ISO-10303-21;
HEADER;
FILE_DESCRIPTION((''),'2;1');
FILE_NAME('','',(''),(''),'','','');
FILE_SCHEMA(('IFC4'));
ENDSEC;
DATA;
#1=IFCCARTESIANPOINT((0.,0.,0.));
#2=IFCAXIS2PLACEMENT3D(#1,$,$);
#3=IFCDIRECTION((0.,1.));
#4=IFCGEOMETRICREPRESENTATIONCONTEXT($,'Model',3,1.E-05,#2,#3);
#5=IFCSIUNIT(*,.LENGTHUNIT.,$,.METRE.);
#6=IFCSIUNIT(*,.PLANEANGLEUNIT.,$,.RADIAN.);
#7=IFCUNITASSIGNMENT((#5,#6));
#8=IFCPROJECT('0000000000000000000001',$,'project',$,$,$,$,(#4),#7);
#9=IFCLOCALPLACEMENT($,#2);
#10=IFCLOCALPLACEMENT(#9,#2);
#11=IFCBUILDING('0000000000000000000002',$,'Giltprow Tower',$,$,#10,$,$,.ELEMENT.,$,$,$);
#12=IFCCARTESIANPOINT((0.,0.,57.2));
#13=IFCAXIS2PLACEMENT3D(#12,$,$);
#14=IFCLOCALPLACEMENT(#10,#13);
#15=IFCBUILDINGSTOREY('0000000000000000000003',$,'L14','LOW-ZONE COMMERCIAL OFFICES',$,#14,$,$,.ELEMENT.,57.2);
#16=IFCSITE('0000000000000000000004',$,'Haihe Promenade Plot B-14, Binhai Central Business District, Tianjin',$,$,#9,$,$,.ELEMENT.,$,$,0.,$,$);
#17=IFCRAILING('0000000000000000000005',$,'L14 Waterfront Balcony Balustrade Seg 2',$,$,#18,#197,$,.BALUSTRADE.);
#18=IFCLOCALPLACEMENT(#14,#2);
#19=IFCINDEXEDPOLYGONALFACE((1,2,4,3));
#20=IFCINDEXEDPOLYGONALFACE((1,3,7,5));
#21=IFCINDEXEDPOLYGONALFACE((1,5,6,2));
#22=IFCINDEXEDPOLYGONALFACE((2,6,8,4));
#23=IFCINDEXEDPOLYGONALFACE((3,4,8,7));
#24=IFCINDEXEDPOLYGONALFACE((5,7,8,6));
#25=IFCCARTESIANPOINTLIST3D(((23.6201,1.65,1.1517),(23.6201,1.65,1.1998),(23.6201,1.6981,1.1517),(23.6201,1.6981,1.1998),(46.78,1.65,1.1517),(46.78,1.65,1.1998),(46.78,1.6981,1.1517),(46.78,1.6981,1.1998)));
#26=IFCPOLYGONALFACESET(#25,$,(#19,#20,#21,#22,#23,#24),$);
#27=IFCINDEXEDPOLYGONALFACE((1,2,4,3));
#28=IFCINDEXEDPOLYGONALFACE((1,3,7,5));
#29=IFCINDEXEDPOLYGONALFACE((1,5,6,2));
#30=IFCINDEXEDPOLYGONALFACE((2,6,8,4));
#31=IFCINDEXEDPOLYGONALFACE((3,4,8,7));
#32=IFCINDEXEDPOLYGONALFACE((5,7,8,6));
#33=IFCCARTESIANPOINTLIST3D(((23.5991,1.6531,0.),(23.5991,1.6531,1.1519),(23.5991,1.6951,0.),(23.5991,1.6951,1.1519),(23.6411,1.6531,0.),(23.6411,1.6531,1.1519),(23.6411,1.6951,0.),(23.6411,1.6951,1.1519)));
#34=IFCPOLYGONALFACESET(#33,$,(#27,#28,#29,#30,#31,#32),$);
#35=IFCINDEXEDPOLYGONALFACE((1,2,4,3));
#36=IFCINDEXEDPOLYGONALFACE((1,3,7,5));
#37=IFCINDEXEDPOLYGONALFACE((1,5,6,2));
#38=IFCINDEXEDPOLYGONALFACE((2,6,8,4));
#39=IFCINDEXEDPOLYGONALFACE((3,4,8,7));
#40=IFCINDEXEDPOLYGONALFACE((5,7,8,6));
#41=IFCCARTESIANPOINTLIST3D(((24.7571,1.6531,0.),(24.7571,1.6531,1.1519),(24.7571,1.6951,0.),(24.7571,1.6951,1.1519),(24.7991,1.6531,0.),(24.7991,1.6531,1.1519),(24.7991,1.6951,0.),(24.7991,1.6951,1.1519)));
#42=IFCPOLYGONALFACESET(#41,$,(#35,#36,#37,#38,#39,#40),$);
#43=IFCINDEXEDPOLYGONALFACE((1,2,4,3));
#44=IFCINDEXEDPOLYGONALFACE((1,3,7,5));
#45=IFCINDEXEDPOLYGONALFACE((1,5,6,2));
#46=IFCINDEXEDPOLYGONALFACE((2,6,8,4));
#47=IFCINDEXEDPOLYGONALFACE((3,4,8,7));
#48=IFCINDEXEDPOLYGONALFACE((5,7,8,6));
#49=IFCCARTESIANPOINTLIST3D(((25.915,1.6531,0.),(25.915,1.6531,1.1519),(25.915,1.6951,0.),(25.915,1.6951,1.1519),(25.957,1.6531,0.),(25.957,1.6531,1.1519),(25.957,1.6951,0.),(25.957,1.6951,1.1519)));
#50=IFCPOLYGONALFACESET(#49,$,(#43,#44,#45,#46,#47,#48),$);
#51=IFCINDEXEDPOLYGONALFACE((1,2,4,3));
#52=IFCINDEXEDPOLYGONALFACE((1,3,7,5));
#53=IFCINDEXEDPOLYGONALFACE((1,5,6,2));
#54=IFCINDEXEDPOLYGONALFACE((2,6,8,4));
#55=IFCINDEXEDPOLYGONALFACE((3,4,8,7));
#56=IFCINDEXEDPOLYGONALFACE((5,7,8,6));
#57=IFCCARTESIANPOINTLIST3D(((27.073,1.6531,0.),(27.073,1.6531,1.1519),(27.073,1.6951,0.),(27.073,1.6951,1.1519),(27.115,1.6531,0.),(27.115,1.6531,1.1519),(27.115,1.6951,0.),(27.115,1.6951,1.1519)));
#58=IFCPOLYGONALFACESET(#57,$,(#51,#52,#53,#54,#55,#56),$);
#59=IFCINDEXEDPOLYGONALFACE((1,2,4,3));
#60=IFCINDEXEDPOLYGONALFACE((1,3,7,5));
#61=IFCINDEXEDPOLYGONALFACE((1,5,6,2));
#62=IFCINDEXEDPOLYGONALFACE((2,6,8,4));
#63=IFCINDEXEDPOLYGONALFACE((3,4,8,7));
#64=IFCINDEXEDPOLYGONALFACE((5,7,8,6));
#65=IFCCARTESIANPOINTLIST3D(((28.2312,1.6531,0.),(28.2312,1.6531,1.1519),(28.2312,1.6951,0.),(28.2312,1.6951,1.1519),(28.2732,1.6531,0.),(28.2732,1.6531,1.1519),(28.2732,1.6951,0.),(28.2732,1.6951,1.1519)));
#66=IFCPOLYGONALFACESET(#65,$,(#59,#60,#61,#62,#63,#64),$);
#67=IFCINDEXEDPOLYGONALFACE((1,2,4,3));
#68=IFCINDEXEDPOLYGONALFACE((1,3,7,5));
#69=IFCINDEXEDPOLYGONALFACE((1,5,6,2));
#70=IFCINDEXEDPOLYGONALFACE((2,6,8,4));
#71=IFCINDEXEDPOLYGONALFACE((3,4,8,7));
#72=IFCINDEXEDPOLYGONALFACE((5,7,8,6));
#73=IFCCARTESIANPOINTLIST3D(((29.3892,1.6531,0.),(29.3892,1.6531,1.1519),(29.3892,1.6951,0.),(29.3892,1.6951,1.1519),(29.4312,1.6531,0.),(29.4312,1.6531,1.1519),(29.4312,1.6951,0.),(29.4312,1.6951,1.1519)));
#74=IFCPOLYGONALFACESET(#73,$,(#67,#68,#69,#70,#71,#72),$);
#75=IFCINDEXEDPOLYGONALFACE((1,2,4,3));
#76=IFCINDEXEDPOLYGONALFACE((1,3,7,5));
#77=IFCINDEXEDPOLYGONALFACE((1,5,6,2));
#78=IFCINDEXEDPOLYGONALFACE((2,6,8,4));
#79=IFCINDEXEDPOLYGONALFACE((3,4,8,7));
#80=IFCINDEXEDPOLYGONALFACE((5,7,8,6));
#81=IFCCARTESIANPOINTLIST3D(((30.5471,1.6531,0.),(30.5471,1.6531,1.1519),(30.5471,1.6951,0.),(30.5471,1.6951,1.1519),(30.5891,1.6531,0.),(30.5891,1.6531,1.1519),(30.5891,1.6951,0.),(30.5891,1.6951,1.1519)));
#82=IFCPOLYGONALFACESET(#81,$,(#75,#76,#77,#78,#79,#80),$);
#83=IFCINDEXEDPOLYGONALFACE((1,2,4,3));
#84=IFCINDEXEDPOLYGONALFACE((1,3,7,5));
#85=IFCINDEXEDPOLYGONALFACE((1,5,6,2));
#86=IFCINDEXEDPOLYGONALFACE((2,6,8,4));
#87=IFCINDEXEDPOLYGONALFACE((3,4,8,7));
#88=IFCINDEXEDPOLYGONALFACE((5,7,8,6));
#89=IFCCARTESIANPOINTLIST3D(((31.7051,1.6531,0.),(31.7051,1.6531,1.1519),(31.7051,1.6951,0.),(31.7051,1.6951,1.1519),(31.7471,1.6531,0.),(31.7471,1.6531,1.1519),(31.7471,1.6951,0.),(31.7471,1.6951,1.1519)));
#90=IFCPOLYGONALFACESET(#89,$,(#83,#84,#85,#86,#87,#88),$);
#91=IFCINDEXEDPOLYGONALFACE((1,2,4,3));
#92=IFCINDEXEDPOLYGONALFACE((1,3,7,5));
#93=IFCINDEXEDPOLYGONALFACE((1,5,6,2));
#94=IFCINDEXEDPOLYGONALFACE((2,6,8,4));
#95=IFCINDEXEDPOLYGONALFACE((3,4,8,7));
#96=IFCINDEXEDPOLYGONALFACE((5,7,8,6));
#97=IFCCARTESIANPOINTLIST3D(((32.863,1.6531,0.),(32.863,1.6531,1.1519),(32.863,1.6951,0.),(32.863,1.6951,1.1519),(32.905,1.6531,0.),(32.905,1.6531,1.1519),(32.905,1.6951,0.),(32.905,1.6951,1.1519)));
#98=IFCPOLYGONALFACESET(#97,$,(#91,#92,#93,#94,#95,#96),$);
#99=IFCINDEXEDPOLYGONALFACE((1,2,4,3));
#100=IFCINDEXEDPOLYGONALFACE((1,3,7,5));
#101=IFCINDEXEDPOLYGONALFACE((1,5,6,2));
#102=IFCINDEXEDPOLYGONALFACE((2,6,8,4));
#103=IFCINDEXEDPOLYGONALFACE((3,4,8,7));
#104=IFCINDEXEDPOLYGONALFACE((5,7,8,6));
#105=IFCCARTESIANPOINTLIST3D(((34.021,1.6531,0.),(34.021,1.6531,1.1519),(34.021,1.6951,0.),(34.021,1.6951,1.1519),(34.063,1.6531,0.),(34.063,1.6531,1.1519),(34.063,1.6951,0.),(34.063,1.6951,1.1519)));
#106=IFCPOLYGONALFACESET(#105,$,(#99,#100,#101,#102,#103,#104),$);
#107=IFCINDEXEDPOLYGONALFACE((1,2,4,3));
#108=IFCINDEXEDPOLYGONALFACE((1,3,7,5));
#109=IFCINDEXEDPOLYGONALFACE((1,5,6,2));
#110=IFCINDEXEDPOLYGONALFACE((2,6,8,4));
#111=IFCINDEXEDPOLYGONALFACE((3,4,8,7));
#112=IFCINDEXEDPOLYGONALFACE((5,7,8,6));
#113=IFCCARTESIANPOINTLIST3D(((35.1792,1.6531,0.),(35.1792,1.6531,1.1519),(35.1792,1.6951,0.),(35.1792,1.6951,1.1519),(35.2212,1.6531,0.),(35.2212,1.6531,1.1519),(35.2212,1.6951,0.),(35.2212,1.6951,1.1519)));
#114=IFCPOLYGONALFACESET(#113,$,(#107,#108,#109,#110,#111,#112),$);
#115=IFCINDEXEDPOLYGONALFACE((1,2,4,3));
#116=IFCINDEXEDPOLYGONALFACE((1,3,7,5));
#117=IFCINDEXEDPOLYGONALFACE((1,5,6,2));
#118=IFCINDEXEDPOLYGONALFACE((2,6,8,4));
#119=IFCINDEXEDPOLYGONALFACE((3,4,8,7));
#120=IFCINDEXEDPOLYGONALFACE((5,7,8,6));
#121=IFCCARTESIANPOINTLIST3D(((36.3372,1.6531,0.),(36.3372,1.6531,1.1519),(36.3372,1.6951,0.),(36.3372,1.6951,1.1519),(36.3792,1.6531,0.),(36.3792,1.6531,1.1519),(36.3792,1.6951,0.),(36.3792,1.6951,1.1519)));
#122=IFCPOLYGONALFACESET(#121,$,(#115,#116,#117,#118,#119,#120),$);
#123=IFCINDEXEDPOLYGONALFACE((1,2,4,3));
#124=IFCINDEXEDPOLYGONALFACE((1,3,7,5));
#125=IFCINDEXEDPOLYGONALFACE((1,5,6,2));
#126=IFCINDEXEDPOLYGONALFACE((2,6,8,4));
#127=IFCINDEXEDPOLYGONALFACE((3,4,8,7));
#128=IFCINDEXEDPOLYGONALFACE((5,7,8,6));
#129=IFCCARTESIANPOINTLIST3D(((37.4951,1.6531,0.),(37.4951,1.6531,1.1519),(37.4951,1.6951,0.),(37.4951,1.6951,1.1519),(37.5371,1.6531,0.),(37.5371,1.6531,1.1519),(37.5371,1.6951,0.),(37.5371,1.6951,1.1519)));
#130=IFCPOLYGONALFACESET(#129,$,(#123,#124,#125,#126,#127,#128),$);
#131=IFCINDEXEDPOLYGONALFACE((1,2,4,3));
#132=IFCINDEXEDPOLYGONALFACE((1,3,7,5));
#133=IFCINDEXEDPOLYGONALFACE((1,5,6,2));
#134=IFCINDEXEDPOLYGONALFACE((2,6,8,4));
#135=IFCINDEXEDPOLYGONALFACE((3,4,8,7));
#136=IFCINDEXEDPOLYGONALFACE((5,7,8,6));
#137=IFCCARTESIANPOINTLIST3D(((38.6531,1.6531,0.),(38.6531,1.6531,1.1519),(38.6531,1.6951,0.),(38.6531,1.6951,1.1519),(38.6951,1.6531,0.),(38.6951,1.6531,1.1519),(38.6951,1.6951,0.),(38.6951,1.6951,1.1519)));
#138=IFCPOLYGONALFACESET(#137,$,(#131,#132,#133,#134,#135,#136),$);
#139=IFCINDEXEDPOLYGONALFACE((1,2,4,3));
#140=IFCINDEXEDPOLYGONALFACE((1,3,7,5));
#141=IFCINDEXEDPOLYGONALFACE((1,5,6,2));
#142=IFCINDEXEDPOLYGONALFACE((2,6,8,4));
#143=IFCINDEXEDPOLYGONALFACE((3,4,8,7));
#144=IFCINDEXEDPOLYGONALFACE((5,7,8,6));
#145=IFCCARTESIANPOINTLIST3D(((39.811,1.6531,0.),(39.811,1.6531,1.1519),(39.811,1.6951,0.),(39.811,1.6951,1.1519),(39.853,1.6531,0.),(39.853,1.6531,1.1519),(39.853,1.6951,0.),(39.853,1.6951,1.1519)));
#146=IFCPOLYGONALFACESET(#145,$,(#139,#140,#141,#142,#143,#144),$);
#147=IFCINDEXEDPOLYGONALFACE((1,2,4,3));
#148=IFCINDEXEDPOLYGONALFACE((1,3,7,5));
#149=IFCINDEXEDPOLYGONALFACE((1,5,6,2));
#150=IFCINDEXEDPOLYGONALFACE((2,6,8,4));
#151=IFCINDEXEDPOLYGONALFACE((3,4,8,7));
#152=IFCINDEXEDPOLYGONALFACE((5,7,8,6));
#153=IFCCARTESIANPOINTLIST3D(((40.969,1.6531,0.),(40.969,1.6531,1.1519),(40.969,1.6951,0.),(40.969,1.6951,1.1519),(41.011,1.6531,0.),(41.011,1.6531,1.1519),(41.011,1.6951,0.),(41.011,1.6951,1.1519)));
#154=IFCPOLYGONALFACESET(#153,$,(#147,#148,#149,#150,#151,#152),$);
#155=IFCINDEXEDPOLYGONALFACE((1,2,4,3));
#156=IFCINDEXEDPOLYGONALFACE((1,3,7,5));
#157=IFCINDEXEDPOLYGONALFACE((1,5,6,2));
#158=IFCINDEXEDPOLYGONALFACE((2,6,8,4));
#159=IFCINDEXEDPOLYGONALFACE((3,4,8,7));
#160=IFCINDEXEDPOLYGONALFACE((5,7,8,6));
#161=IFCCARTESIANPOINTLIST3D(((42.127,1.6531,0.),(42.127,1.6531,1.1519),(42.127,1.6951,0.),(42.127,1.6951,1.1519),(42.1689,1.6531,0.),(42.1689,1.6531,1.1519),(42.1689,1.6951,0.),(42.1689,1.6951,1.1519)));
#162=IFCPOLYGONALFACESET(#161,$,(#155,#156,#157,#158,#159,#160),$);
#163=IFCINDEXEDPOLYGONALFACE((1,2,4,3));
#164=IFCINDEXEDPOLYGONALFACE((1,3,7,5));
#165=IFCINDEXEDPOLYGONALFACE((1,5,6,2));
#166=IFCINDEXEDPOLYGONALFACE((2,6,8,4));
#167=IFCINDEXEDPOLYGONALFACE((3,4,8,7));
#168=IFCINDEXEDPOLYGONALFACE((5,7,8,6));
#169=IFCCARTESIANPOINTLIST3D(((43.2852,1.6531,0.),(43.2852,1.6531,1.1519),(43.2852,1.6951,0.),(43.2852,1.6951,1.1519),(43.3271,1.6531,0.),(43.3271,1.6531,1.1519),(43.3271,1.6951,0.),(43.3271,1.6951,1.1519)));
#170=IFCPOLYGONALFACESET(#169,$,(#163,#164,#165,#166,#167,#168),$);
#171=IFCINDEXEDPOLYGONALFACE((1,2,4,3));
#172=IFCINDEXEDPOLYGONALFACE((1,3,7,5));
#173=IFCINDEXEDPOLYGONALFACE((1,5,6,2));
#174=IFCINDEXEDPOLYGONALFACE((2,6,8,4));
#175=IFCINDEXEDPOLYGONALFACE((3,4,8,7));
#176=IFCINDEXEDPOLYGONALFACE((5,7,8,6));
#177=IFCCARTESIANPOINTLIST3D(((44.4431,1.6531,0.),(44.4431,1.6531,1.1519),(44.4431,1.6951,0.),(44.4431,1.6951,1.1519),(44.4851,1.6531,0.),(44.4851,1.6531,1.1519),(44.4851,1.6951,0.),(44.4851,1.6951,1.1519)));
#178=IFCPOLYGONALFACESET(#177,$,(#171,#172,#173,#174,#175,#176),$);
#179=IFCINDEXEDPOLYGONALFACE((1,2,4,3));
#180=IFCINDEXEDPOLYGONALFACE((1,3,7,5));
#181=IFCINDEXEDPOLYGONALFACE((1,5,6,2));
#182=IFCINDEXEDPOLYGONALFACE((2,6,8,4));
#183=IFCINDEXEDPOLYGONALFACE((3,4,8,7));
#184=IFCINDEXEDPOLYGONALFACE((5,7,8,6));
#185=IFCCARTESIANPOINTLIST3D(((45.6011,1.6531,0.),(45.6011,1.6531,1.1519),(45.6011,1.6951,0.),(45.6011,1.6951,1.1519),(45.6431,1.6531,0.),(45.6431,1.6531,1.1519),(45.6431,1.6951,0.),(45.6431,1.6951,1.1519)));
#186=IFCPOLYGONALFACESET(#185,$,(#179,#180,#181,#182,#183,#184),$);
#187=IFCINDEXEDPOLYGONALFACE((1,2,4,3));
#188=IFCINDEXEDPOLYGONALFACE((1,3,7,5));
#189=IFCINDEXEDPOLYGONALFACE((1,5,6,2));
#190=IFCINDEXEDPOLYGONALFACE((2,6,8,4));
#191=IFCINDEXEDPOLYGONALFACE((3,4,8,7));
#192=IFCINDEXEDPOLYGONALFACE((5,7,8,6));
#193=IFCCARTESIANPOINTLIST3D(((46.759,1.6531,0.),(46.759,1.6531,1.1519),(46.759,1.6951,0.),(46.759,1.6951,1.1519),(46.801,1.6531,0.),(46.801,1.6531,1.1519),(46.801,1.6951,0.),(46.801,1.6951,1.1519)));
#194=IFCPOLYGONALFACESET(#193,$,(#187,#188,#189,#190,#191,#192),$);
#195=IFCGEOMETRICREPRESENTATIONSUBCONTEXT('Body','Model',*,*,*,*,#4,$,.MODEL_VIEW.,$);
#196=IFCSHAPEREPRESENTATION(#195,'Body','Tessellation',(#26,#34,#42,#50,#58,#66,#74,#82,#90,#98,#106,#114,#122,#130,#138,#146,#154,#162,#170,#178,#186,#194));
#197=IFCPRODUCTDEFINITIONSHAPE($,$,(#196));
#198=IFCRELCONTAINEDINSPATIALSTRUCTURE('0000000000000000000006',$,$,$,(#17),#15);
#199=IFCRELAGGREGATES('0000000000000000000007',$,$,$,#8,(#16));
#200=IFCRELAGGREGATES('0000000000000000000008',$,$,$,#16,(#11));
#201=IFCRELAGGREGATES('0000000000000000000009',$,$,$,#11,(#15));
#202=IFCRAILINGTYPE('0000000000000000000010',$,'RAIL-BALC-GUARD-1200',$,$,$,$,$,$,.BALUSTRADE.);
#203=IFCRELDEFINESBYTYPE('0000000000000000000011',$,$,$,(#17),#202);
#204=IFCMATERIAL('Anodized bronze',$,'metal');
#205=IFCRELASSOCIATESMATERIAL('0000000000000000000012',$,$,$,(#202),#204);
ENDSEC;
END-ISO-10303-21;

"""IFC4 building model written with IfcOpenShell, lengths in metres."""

from ifc_helpers import new_model, si_unit, direction, frame, origin, origin_2d, place, context, subcontext, project, spatial, rectangle, extrude, material, type_object, element, save


model = new_model("IFC4")

# Units and contexts
model_context = context("Model", 3, precision=1e-05, world=origin(), true_north=direction((0.0, 1.0)))
body_context = subcontext(model_context, "Body", "Model", "MODEL_VIEW")
ifc_project = project(units=[si_unit("LENGTHUNIT", "METRE"), si_unit("PLANEANGLEUNIT", "RADIAN")], contexts=[model_context])

# Site, building, storey
site_placement = place(None, origin())
site = spatial("IfcSite", under=ifc_project, at=site_placement, Name="Haihe Promenade Plot B-14, Binhai Central Business District, Tianjin", CompositionType="ELEMENT", RefElevation=0.0)
building_placement = place(site_placement, origin())
building = spatial("IfcBuilding", under=site, at=building_placement, Name="Giltprow Tower", CompositionType="ELEMENT")
storey_placement = place(building_placement, frame((0.0, 0.0, 57.2)))
storey = spatial("IfcBuildingStorey", under=building, at=storey_placement, Name="L14", Description="LOW-ZONE COMMERCIAL OFFICES", CompositionType="ELEMENT", Elevation=57.2)

# Railing
ifc_material_1 = material(Name="Anodized bronze", Category="metal")
railing_type = type_object("IfcRailingType", Name="RAIL-BALC-GUARD-1200", PredefinedType="BALUSTRADE", material=ifc_material_1)
railing_1_placement = place(storey_placement, frame((23.6201, 1.6741, 0.0)))
element("IfcRailing", 1, at=railing_1_placement, inside=storey, type_object=railing_type, Name="L14 Waterfront Balcony Balustrade Seg 2", PredefinedType="BALUSTRADE", context=body_context, shape_type="SweptSolid", body=[
    extrude(rectangle(XDim=0.0481, YDim=0.0481, at=origin_2d()), frame((0.0, 0.0, 1.1758), z_axis=(1.0, 0.0, 0.0), x_axis=(0.0, 1.0, 0.0)), (0.0, 0.0, 1.0), 23.1599),
    extrude(rectangle(XDim=0.042, YDim=0.042, at=origin_2d()), origin(), (0.0, 0.0, 1.0), 1.1519),
    extrude(rectangle(XDim=0.042, YDim=0.042, at=origin_2d()), frame((1.158, 0.0, 0.0)), (0.0, 0.0, 1.0), 1.1519),
    extrude(rectangle(XDim=0.042, YDim=0.042, at=origin_2d()), frame((2.3159, 0.0, 0.0)), (0.0, 0.0, 1.0), 1.1519),
    extrude(rectangle(XDim=0.042, YDim=0.042, at=origin_2d()), frame((3.4739, 0.0, 0.0)), (0.0, 0.0, 1.0), 1.1519),
    extrude(rectangle(XDim=0.042, YDim=0.042, at=origin_2d()), frame((4.6321, 0.0, 0.0)), (0.0, 0.0, 1.0), 1.1519),
    extrude(rectangle(XDim=0.042, YDim=0.042, at=origin_2d()), frame((5.79, 0.0, 0.0)), (0.0, 0.0, 1.0), 1.1519),
    extrude(rectangle(XDim=0.042, YDim=0.042, at=origin_2d()), frame((6.948, 0.0, 0.0)), (0.0, 0.0, 1.0), 1.1519),
    extrude(rectangle(XDim=0.042, YDim=0.042, at=origin_2d()), frame((8.106, 0.0, 0.0)), (0.0, 0.0, 1.0), 1.1519),
    extrude(rectangle(XDim=0.042, YDim=0.042, at=origin_2d()), frame((9.2639, 0.0, 0.0)), (0.0, 0.0, 1.0), 1.1519),
    extrude(rectangle(XDim=0.042, YDim=0.042, at=origin_2d()), frame((10.4219, 0.0, 0.0)), (0.0, 0.0, 1.0), 1.1519),
    extrude(rectangle(XDim=0.042, YDim=0.042, at=origin_2d()), frame((11.5801, 0.0, 0.0)), (0.0, 0.0, 1.0), 1.1519),
    extrude(rectangle(XDim=0.042, YDim=0.042, at=origin_2d()), frame((12.738, 0.0, 0.0)), (0.0, 0.0, 1.0), 1.1519),
    extrude(rectangle(XDim=0.042, YDim=0.042, at=origin_2d()), frame((13.896, 0.0, 0.0)), (0.0, 0.0, 1.0), 1.1519),
    extrude(rectangle(XDim=0.042, YDim=0.042, at=origin_2d()), frame((15.054, 0.0, 0.0)), (0.0, 0.0, 1.0), 1.1519),
    extrude(rectangle(XDim=0.042, YDim=0.042, at=origin_2d()), frame((16.2119, 0.0, 0.0)), (0.0, 0.0, 1.0), 1.1519),
    extrude(rectangle(XDim=0.042, YDim=0.042, at=origin_2d()), frame((17.3699, 0.0, 0.0)), (0.0, 0.0, 1.0), 1.1519),
    extrude(rectangle(XDim=0.042, YDim=0.042, at=origin_2d()), frame((18.5278, 0.0, 0.0)), (0.0, 0.0, 1.0), 1.1519),
    extrude(rectangle(XDim=0.042, YDim=0.042, at=origin_2d()), frame((19.686, 0.0, 0.0)), (0.0, 0.0, 1.0), 1.1519),
    extrude(rectangle(XDim=0.042, YDim=0.042, at=origin_2d()), frame((20.844, 0.0, 0.0)), (0.0, 0.0, 1.0), 1.1519),
    extrude(rectangle(XDim=0.042, YDim=0.042, at=origin_2d()), frame((22.002, 0.0, 0.0)), (0.0, 0.0, 1.0), 1.1519),
    extrude(rectangle(XDim=0.042, YDim=0.042, at=origin_2d()), frame((23.1599, 0.0, 0.0)), (0.0, 0.0, 1.0), 1.1519),
])

save(model, "model.ifc")
